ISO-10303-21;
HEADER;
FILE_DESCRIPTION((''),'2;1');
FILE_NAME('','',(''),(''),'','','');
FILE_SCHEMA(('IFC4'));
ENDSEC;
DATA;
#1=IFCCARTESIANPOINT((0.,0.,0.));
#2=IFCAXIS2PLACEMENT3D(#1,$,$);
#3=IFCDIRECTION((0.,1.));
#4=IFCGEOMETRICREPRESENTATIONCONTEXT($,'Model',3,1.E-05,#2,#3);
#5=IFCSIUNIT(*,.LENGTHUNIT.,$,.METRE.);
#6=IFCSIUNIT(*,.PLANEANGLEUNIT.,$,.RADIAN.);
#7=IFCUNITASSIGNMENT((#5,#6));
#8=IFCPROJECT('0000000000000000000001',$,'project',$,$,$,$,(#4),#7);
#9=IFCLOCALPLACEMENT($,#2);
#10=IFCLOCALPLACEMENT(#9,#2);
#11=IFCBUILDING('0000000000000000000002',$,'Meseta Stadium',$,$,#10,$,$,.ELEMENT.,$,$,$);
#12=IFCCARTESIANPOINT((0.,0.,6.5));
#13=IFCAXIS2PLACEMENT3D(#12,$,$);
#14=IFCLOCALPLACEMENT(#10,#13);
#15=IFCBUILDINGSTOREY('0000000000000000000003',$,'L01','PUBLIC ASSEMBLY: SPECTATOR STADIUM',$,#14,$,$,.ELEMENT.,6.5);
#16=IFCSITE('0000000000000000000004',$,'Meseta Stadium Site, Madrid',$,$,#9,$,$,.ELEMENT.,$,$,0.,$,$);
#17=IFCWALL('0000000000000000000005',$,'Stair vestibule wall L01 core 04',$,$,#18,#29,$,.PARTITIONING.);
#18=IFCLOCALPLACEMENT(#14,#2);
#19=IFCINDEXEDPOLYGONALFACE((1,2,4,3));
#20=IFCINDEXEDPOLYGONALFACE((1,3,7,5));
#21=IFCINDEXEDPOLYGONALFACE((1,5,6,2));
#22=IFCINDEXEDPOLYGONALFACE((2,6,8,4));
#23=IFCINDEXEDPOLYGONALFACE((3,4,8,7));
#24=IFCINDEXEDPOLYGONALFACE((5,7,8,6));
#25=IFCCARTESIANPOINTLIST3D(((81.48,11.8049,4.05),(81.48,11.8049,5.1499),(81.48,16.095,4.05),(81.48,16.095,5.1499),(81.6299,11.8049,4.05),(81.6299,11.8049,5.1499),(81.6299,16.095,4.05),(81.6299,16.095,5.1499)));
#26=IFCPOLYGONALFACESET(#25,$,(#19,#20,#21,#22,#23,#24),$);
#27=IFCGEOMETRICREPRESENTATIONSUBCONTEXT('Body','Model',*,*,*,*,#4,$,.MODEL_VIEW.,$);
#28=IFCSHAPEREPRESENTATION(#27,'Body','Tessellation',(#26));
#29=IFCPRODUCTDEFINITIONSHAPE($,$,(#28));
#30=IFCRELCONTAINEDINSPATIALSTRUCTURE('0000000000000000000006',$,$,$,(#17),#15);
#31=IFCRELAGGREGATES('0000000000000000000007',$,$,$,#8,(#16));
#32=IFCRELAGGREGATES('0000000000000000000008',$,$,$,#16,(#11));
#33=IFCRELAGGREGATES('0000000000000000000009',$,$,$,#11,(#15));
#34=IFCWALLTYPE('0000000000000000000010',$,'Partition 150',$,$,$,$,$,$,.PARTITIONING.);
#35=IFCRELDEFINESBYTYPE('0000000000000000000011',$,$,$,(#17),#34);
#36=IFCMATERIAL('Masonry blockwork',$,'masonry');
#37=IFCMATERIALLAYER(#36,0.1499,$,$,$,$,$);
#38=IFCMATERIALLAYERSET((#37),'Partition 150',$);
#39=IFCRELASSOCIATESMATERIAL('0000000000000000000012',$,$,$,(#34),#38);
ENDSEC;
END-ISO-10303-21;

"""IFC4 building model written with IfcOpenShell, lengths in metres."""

from ifc_helpers import new_model, si_unit, direction, frame, frame_2d, origin, place, context, subcontext, project, spatial, rectangle, extrude, material, layer, layer_set, type_object, element, save


model = new_model("IFC4")

# Units and contexts
model_context = context("Model", 3, precision=1e-05, world=origin(), true_north=direction((0.0, 1.0)))
body_context = subcontext(model_context, "Body", "Model", "MODEL_VIEW")
ifc_project = project(units=[si_unit("LENGTHUNIT", "METRE"), si_unit("PLANEANGLEUNIT", "RADIAN")], contexts=[model_context])

# Site, building, storey
site_placement = place(None, origin())
site = spatial("IfcSite", under=ifc_project, at=site_placement, Name="Meseta Stadium Site, Madrid", CompositionType="ELEMENT", RefElevation=0.0)
building_placement = place(site_placement, origin())
building = spatial("IfcBuilding", under=site, at=building_placement, Name="Meseta Stadium", CompositionType="ELEMENT")
storey_placement = place(building_placement, frame((0.0, 0.0, 6.5)))
storey = spatial("IfcBuildingStorey", under=building, at=storey_placement, Name="L01", Description="PUBLIC ASSEMBLY: SPECTATOR STADIUM", CompositionType="ELEMENT", Elevation=6.5)

# Shared definitions
ifc_material_1 = material(Name="Masonry blockwork", Category="masonry")
ifc_layer_1 = layer(ifc_material_1, 0.1499)
ifc_layer_set_1 = layer_set([ifc_layer_1], Name="Partition 150")
wall_type = type_object("IfcWallType", Name="Partition 150", PredefinedType="PARTITIONING", material=ifc_layer_set_1)

# Wall
wall_1_placement = place(storey_placement, frame((81.5549, 16.095, 4.05), z_axis=(0.0, 0.0, 1.0), x_axis=(0.0, -1.0, 0.0)))
element("IfcWall", 1, at=wall_1_placement, inside=storey, type_object=wall_type, Name="Stair vestibule wall L01 core 04", PredefinedType="PARTITIONING", context=body_context, shape_type="SweptSolid", body=[
    extrude(rectangle(XDim=4.29, YDim=0.1499, at=frame_2d((2.145, 0.0))), origin(), (0.0, 0.0, 1.0), 1.0999),
])

save(model, "model.ifc")
